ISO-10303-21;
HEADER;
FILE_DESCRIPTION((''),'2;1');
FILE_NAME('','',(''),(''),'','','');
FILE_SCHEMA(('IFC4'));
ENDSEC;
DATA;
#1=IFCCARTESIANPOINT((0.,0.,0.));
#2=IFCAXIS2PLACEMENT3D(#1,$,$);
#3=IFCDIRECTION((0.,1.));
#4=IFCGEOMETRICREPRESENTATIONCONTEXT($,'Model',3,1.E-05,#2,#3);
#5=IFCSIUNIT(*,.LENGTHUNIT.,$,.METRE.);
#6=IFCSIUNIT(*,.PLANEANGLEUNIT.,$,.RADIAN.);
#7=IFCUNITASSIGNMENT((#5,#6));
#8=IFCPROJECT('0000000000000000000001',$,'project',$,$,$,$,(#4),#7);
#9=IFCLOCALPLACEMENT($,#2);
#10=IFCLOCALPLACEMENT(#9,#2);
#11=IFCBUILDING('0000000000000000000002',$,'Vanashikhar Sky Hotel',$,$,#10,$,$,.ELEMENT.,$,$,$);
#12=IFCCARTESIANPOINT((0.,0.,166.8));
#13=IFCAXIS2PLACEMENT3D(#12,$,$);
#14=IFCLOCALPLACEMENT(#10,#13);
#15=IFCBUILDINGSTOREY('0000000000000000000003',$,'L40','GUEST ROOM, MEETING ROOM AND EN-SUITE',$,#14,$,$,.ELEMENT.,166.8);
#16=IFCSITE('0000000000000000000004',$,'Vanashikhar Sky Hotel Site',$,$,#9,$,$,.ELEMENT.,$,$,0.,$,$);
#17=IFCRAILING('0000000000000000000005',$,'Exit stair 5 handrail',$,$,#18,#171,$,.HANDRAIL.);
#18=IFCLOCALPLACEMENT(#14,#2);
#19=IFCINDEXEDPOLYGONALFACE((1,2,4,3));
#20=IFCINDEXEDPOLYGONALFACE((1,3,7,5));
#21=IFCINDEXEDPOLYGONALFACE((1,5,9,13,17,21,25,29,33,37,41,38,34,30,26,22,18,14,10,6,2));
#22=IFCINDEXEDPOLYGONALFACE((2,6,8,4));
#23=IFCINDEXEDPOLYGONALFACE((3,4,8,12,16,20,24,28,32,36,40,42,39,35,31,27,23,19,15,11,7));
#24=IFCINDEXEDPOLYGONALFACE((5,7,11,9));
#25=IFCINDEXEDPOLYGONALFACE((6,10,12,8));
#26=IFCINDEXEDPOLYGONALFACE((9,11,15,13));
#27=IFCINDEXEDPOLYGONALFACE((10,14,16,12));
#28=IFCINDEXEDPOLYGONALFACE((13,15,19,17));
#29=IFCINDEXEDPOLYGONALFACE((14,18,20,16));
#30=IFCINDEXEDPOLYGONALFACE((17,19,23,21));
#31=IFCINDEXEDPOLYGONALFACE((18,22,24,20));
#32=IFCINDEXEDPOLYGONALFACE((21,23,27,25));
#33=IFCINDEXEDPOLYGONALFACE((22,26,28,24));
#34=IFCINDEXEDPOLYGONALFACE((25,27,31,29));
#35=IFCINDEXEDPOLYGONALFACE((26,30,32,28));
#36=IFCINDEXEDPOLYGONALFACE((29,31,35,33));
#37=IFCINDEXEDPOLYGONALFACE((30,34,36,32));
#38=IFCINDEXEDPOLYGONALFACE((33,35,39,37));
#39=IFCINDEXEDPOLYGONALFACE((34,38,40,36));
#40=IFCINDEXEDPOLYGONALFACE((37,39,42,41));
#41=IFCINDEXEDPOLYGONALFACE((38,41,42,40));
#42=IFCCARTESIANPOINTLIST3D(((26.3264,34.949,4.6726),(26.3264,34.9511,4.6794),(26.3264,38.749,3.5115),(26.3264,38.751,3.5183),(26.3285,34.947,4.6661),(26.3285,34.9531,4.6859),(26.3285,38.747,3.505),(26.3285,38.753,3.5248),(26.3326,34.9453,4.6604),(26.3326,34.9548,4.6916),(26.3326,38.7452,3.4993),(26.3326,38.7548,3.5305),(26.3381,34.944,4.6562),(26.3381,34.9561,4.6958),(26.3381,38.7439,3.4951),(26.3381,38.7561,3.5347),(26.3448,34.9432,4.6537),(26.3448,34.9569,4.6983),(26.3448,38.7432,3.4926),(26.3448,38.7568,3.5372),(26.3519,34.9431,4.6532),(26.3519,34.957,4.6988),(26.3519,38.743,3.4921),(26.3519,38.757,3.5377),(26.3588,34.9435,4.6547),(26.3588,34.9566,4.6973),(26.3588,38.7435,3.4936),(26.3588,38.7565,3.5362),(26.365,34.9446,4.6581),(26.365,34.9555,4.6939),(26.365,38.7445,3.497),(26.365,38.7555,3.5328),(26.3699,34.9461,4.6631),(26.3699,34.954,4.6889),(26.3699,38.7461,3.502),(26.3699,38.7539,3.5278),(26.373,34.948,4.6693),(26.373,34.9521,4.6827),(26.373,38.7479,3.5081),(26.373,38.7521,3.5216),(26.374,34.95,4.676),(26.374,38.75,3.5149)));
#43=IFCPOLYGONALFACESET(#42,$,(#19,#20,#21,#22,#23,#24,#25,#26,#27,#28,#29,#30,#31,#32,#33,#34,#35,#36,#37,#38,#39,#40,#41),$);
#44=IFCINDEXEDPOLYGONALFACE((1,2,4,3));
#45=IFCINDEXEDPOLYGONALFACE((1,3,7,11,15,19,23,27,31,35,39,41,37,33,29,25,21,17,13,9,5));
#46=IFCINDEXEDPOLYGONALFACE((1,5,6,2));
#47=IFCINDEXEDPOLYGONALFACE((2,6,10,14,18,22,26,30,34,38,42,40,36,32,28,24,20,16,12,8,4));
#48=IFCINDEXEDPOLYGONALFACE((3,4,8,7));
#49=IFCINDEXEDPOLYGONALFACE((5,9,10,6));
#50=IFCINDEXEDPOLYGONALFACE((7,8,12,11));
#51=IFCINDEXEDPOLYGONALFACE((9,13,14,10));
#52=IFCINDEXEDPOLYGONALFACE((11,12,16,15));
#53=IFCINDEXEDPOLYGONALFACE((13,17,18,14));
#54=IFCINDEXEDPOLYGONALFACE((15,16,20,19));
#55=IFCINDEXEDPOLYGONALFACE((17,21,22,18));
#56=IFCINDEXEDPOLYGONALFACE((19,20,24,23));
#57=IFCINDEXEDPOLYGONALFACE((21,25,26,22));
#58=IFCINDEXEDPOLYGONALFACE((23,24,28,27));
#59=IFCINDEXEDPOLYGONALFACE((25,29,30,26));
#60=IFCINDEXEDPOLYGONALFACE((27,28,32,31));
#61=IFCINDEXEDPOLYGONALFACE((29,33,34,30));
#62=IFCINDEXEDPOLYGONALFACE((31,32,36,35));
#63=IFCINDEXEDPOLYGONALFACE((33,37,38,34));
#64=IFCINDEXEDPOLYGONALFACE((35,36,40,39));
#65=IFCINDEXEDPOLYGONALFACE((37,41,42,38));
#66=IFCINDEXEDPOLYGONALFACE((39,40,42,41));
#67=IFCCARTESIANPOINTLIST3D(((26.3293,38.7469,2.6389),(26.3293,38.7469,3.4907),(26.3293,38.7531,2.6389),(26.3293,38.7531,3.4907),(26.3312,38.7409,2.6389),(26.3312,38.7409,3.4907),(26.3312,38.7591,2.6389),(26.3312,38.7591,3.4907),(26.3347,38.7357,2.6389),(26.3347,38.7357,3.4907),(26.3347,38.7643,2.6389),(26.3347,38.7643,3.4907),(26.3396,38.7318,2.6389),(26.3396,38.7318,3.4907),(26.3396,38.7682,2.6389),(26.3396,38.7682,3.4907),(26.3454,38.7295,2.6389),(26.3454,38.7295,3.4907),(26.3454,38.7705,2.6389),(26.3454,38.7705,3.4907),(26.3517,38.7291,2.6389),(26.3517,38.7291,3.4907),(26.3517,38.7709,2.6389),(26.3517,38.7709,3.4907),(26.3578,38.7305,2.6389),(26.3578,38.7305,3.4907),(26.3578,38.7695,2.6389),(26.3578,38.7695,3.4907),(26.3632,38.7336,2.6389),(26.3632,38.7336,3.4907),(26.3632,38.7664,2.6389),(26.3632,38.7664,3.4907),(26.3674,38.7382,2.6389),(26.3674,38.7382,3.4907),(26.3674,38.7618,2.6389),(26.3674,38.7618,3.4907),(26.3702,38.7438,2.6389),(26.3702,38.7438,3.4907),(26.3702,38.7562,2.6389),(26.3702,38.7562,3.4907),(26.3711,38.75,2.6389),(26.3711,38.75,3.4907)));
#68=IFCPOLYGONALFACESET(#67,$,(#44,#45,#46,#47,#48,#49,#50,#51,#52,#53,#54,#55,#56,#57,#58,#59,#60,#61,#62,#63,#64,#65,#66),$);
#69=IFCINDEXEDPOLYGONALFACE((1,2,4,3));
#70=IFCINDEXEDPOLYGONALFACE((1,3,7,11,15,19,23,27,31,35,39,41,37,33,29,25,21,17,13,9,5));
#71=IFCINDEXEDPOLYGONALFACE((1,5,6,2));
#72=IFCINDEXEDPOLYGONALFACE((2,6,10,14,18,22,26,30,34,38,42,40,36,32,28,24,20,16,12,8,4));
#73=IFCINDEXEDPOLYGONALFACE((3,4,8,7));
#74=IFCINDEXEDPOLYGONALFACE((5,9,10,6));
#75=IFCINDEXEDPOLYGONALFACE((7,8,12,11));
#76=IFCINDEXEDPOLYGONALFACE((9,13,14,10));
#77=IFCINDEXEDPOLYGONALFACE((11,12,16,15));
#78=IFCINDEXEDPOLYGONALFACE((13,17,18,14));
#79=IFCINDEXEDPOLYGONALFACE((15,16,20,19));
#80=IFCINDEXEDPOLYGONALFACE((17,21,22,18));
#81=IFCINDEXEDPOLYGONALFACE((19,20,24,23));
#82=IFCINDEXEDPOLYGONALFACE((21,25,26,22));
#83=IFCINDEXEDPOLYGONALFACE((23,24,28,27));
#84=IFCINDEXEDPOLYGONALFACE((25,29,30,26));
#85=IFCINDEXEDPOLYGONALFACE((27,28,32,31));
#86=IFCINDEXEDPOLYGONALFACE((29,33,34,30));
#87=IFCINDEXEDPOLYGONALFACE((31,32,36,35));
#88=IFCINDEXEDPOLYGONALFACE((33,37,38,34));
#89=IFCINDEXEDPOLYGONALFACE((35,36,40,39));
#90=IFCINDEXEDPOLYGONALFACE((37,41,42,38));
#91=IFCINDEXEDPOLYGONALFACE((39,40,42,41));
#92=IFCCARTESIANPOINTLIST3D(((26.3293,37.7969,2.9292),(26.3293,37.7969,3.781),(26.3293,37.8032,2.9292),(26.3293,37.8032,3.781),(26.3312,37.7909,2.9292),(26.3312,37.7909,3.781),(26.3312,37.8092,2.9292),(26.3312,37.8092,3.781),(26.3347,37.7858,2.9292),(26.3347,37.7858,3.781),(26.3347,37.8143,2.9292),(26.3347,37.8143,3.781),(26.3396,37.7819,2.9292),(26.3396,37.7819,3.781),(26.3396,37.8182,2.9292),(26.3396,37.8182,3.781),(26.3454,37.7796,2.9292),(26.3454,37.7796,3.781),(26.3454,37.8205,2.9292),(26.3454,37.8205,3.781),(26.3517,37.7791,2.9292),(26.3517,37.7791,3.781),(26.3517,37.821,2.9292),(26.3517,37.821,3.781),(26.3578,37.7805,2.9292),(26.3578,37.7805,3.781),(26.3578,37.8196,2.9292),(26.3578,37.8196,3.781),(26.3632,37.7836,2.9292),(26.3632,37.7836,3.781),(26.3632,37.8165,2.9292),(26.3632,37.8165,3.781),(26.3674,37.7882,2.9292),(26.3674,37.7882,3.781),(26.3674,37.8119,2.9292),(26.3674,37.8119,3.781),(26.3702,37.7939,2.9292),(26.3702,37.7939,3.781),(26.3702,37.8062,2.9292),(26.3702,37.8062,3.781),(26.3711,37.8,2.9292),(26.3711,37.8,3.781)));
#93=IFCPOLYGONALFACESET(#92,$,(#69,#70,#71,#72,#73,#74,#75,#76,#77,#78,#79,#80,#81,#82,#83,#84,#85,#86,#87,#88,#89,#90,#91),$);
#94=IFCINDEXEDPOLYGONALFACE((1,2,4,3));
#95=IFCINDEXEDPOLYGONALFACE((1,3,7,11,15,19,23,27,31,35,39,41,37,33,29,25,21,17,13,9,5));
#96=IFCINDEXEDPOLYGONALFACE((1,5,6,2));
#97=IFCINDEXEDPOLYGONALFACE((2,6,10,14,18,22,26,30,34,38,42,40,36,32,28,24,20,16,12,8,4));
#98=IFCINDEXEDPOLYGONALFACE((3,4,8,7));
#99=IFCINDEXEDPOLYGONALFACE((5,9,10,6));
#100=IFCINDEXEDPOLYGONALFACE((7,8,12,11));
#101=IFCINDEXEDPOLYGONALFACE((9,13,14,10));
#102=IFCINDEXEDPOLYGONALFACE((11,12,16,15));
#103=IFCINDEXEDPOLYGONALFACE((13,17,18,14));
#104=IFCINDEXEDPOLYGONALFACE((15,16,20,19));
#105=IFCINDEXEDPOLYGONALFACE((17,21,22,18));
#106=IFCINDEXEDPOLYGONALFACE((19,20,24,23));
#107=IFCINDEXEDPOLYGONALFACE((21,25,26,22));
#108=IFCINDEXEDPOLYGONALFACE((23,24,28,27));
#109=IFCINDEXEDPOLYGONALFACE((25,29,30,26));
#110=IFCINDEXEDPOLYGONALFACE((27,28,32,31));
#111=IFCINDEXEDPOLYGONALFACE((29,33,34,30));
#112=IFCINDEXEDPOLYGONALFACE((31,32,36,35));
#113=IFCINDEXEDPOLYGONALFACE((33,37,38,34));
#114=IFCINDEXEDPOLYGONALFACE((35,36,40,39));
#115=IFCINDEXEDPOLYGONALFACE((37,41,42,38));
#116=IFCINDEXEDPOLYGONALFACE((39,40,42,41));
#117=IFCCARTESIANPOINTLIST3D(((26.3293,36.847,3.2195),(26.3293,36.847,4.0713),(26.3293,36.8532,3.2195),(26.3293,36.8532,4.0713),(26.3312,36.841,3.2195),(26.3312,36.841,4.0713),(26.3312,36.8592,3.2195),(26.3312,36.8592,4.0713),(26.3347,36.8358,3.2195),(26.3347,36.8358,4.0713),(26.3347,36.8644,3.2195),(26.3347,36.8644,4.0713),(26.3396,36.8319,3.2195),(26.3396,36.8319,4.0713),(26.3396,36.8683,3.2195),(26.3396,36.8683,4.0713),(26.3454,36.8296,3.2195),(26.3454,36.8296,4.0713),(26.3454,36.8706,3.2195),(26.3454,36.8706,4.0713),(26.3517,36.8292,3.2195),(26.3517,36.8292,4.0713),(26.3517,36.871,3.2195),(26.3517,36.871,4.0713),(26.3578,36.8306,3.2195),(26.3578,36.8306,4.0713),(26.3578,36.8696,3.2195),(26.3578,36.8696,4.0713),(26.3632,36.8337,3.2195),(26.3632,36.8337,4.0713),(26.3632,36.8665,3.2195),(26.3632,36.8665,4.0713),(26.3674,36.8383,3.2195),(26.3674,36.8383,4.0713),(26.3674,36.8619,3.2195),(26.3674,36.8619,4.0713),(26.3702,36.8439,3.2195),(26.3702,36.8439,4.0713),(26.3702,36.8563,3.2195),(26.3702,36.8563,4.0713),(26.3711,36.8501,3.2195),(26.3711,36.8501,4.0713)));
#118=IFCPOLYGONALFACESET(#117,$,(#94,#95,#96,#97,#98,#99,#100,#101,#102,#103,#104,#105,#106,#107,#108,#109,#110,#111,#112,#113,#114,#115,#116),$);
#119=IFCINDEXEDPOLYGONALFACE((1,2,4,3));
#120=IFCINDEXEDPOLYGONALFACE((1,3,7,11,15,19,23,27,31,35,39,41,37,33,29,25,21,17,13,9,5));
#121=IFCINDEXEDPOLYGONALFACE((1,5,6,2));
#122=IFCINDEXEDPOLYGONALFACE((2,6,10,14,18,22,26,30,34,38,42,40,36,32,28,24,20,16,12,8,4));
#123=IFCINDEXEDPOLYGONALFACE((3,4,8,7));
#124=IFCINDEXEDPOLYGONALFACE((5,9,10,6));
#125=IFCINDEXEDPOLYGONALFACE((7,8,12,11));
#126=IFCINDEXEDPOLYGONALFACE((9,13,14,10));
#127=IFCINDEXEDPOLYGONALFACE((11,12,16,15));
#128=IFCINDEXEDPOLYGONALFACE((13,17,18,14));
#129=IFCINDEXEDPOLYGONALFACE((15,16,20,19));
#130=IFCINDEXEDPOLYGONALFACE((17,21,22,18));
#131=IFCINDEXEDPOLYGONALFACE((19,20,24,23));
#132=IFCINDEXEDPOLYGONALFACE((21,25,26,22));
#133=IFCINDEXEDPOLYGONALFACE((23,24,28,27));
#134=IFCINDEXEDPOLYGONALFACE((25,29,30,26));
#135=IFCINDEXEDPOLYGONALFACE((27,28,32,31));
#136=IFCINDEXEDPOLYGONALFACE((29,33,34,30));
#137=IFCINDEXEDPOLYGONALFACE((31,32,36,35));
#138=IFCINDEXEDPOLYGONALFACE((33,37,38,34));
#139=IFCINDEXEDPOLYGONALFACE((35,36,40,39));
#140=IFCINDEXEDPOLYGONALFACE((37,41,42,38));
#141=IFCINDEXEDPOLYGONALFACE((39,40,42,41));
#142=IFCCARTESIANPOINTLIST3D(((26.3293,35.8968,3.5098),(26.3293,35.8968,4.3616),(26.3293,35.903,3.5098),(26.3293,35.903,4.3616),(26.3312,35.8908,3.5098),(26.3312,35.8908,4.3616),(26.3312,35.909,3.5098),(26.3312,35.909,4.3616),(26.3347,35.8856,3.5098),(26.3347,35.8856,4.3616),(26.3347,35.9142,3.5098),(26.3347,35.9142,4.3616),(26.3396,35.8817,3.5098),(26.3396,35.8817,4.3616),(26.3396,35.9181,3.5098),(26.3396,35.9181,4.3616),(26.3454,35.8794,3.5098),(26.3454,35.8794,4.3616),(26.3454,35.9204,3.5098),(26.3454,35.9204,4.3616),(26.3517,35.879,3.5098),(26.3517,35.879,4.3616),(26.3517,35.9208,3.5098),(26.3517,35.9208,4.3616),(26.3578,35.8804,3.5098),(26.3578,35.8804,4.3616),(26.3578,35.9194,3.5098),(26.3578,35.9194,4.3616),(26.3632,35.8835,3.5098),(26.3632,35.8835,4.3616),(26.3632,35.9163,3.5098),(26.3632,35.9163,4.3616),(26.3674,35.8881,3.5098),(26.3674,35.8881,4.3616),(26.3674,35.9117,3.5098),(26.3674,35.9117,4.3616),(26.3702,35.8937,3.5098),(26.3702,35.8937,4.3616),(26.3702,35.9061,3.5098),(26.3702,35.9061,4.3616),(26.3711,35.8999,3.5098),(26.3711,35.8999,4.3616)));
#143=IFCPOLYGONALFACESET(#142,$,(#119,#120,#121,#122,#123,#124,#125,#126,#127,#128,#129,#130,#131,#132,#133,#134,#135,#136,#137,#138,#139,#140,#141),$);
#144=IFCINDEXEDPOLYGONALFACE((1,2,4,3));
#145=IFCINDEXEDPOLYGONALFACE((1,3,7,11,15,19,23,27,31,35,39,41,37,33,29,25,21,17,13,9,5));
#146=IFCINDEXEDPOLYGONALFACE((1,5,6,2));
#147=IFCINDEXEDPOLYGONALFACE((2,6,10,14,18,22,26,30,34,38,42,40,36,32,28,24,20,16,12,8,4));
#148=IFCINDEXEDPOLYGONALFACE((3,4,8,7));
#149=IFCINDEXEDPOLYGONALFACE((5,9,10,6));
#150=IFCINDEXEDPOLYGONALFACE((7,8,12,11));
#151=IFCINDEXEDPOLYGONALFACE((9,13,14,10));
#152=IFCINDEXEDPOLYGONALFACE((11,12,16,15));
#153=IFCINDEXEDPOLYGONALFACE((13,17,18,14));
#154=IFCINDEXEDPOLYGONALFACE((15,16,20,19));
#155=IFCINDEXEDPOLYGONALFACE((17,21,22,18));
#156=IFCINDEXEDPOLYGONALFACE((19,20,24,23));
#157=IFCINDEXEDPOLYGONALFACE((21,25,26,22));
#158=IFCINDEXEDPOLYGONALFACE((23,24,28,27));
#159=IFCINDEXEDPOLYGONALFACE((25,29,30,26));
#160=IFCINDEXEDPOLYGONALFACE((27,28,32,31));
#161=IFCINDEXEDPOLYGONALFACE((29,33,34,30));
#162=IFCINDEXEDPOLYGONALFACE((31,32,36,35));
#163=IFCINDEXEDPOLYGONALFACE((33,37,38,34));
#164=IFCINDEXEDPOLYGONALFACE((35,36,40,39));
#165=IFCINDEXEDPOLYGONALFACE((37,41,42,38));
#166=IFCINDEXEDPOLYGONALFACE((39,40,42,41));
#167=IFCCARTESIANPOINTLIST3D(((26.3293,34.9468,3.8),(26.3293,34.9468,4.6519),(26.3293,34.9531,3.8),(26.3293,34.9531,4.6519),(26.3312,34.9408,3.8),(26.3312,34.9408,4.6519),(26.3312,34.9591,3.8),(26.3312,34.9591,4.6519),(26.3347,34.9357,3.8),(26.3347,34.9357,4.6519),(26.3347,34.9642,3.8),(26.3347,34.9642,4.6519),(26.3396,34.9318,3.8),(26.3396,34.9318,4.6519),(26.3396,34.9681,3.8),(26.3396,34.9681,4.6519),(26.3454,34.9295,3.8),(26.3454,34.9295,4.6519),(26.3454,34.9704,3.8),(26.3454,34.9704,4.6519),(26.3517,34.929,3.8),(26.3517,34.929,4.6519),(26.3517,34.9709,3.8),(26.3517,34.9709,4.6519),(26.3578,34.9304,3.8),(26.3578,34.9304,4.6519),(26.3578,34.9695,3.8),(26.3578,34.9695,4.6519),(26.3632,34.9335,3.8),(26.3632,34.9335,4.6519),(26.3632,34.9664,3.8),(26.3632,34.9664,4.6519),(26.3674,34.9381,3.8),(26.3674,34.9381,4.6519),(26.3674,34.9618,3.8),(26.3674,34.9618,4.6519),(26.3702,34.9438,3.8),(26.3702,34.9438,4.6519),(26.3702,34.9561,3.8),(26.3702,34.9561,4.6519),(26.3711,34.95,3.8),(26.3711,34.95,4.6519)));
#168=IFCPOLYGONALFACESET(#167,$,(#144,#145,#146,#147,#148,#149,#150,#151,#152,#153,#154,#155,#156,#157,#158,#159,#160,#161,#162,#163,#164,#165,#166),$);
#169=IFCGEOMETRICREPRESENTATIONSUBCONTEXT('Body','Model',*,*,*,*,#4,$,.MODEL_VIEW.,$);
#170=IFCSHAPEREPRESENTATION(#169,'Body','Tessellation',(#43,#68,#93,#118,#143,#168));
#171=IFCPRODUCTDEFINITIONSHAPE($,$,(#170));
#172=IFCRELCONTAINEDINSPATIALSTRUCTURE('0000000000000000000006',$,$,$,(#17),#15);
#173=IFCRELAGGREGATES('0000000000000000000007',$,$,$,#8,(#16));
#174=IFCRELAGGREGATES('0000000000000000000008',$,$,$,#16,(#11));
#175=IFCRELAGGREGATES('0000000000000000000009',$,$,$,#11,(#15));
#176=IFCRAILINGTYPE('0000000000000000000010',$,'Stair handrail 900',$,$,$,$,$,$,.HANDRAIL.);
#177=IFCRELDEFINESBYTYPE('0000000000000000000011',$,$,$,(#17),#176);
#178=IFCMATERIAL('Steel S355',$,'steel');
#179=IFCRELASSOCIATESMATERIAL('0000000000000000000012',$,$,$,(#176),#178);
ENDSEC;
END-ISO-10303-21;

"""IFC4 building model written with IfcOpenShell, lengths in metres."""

from ifc_helpers import new_model, si_unit, direction, frame, origin, origin_2d, place, context, subcontext, project, spatial, circle, extrude, source, transform, mapped, material, type_object, element, save


model = new_model("IFC4")

# Units and contexts
model_context = context("Model", 3, precision=1e-05, world=origin(), true_north=direction((0.0, 1.0)))
body_context = subcontext(model_context, "Body", "Model", "MODEL_VIEW")
ifc_project = project(units=[si_unit("LENGTHUNIT", "METRE"), si_unit("PLANEANGLEUNIT", "RADIAN")], contexts=[model_context])

# Site, building, storey
site_placement = place(None, origin())
site = spatial("IfcSite", under=ifc_project, at=site_placement, Name="Vanashikhar Sky Hotel Site", CompositionType="ELEMENT", RefElevation=0.0)
building_placement = place(site_placement, origin())
building = spatial("IfcBuilding", under=site, at=building_placement, Name="Vanashikhar Sky Hotel", CompositionType="ELEMENT")
storey_placement = place(building_placement, frame((0.0, 0.0, 166.8)))
storey = spatial("IfcBuildingStorey", under=building, at=storey_placement, Name="L40", Description="GUEST ROOM, MEETING ROOM AND EN-SUITE", CompositionType="ELEMENT", Elevation=166.8)

# Railing
ifc_material_1 = material(Name="Steel S355", Category="steel")
railing_type_1 = type_object("IfcRailingType", Name="Stair handrail 900", PredefinedType="HANDRAIL", material=ifc_material_1)
shared_shape_1 = source(origin(), body_context, "Body", "SweptSolid", [
    extrude(circle(Radius=0.0239, at=origin_2d()), frame((0.0, 0.0, 0.876), z_axis=(0.0, -0.956351, 0.29222), x_axis=(1.0, 0.0, 0.0)), (0.0, 0.0, 1.0), 3.9734),
    extrude(circle(Radius=0.021, at=origin_2d()), origin(), (0.0, 0.0, 1.0), 0.8518),
    extrude(circle(Radius=0.021, at=origin_2d()), frame((0.0, -0.95, 0.2903)), (0.0, 0.0, 1.0), 0.8518),
    extrude(circle(Radius=0.021, at=origin_2d()), frame((0.0, -1.8999, 0.5806)), (0.0, 0.0, 1.0), 0.8518),
    extrude(circle(Radius=0.021, at=origin_2d()), frame((0.0, -2.8501, 0.8708)), (0.0, 0.0, 1.0), 0.8518),
    extrude(circle(Radius=0.021, at=origin_2d()), frame((0.0, -3.8, 1.1611)), (0.0, 0.0, 1.0), 0.8518),
])
for number, where, name in (
    (1, (26.3501, 38.75, 2.6389), "Exit stair 5 handrail"),
):
    element("IfcRailing", number, at=place(storey_placement, frame(where)), inside=storey, type_object=railing_type_1, Name=name, PredefinedType="HANDRAIL", context=body_context, shape_type="MappedRepresentation", body=[
        mapped(shared_shape_1, transform((0.0, 0.0, 0.0), scale=1.0)),
    ])

save(model, "model.ifc")
